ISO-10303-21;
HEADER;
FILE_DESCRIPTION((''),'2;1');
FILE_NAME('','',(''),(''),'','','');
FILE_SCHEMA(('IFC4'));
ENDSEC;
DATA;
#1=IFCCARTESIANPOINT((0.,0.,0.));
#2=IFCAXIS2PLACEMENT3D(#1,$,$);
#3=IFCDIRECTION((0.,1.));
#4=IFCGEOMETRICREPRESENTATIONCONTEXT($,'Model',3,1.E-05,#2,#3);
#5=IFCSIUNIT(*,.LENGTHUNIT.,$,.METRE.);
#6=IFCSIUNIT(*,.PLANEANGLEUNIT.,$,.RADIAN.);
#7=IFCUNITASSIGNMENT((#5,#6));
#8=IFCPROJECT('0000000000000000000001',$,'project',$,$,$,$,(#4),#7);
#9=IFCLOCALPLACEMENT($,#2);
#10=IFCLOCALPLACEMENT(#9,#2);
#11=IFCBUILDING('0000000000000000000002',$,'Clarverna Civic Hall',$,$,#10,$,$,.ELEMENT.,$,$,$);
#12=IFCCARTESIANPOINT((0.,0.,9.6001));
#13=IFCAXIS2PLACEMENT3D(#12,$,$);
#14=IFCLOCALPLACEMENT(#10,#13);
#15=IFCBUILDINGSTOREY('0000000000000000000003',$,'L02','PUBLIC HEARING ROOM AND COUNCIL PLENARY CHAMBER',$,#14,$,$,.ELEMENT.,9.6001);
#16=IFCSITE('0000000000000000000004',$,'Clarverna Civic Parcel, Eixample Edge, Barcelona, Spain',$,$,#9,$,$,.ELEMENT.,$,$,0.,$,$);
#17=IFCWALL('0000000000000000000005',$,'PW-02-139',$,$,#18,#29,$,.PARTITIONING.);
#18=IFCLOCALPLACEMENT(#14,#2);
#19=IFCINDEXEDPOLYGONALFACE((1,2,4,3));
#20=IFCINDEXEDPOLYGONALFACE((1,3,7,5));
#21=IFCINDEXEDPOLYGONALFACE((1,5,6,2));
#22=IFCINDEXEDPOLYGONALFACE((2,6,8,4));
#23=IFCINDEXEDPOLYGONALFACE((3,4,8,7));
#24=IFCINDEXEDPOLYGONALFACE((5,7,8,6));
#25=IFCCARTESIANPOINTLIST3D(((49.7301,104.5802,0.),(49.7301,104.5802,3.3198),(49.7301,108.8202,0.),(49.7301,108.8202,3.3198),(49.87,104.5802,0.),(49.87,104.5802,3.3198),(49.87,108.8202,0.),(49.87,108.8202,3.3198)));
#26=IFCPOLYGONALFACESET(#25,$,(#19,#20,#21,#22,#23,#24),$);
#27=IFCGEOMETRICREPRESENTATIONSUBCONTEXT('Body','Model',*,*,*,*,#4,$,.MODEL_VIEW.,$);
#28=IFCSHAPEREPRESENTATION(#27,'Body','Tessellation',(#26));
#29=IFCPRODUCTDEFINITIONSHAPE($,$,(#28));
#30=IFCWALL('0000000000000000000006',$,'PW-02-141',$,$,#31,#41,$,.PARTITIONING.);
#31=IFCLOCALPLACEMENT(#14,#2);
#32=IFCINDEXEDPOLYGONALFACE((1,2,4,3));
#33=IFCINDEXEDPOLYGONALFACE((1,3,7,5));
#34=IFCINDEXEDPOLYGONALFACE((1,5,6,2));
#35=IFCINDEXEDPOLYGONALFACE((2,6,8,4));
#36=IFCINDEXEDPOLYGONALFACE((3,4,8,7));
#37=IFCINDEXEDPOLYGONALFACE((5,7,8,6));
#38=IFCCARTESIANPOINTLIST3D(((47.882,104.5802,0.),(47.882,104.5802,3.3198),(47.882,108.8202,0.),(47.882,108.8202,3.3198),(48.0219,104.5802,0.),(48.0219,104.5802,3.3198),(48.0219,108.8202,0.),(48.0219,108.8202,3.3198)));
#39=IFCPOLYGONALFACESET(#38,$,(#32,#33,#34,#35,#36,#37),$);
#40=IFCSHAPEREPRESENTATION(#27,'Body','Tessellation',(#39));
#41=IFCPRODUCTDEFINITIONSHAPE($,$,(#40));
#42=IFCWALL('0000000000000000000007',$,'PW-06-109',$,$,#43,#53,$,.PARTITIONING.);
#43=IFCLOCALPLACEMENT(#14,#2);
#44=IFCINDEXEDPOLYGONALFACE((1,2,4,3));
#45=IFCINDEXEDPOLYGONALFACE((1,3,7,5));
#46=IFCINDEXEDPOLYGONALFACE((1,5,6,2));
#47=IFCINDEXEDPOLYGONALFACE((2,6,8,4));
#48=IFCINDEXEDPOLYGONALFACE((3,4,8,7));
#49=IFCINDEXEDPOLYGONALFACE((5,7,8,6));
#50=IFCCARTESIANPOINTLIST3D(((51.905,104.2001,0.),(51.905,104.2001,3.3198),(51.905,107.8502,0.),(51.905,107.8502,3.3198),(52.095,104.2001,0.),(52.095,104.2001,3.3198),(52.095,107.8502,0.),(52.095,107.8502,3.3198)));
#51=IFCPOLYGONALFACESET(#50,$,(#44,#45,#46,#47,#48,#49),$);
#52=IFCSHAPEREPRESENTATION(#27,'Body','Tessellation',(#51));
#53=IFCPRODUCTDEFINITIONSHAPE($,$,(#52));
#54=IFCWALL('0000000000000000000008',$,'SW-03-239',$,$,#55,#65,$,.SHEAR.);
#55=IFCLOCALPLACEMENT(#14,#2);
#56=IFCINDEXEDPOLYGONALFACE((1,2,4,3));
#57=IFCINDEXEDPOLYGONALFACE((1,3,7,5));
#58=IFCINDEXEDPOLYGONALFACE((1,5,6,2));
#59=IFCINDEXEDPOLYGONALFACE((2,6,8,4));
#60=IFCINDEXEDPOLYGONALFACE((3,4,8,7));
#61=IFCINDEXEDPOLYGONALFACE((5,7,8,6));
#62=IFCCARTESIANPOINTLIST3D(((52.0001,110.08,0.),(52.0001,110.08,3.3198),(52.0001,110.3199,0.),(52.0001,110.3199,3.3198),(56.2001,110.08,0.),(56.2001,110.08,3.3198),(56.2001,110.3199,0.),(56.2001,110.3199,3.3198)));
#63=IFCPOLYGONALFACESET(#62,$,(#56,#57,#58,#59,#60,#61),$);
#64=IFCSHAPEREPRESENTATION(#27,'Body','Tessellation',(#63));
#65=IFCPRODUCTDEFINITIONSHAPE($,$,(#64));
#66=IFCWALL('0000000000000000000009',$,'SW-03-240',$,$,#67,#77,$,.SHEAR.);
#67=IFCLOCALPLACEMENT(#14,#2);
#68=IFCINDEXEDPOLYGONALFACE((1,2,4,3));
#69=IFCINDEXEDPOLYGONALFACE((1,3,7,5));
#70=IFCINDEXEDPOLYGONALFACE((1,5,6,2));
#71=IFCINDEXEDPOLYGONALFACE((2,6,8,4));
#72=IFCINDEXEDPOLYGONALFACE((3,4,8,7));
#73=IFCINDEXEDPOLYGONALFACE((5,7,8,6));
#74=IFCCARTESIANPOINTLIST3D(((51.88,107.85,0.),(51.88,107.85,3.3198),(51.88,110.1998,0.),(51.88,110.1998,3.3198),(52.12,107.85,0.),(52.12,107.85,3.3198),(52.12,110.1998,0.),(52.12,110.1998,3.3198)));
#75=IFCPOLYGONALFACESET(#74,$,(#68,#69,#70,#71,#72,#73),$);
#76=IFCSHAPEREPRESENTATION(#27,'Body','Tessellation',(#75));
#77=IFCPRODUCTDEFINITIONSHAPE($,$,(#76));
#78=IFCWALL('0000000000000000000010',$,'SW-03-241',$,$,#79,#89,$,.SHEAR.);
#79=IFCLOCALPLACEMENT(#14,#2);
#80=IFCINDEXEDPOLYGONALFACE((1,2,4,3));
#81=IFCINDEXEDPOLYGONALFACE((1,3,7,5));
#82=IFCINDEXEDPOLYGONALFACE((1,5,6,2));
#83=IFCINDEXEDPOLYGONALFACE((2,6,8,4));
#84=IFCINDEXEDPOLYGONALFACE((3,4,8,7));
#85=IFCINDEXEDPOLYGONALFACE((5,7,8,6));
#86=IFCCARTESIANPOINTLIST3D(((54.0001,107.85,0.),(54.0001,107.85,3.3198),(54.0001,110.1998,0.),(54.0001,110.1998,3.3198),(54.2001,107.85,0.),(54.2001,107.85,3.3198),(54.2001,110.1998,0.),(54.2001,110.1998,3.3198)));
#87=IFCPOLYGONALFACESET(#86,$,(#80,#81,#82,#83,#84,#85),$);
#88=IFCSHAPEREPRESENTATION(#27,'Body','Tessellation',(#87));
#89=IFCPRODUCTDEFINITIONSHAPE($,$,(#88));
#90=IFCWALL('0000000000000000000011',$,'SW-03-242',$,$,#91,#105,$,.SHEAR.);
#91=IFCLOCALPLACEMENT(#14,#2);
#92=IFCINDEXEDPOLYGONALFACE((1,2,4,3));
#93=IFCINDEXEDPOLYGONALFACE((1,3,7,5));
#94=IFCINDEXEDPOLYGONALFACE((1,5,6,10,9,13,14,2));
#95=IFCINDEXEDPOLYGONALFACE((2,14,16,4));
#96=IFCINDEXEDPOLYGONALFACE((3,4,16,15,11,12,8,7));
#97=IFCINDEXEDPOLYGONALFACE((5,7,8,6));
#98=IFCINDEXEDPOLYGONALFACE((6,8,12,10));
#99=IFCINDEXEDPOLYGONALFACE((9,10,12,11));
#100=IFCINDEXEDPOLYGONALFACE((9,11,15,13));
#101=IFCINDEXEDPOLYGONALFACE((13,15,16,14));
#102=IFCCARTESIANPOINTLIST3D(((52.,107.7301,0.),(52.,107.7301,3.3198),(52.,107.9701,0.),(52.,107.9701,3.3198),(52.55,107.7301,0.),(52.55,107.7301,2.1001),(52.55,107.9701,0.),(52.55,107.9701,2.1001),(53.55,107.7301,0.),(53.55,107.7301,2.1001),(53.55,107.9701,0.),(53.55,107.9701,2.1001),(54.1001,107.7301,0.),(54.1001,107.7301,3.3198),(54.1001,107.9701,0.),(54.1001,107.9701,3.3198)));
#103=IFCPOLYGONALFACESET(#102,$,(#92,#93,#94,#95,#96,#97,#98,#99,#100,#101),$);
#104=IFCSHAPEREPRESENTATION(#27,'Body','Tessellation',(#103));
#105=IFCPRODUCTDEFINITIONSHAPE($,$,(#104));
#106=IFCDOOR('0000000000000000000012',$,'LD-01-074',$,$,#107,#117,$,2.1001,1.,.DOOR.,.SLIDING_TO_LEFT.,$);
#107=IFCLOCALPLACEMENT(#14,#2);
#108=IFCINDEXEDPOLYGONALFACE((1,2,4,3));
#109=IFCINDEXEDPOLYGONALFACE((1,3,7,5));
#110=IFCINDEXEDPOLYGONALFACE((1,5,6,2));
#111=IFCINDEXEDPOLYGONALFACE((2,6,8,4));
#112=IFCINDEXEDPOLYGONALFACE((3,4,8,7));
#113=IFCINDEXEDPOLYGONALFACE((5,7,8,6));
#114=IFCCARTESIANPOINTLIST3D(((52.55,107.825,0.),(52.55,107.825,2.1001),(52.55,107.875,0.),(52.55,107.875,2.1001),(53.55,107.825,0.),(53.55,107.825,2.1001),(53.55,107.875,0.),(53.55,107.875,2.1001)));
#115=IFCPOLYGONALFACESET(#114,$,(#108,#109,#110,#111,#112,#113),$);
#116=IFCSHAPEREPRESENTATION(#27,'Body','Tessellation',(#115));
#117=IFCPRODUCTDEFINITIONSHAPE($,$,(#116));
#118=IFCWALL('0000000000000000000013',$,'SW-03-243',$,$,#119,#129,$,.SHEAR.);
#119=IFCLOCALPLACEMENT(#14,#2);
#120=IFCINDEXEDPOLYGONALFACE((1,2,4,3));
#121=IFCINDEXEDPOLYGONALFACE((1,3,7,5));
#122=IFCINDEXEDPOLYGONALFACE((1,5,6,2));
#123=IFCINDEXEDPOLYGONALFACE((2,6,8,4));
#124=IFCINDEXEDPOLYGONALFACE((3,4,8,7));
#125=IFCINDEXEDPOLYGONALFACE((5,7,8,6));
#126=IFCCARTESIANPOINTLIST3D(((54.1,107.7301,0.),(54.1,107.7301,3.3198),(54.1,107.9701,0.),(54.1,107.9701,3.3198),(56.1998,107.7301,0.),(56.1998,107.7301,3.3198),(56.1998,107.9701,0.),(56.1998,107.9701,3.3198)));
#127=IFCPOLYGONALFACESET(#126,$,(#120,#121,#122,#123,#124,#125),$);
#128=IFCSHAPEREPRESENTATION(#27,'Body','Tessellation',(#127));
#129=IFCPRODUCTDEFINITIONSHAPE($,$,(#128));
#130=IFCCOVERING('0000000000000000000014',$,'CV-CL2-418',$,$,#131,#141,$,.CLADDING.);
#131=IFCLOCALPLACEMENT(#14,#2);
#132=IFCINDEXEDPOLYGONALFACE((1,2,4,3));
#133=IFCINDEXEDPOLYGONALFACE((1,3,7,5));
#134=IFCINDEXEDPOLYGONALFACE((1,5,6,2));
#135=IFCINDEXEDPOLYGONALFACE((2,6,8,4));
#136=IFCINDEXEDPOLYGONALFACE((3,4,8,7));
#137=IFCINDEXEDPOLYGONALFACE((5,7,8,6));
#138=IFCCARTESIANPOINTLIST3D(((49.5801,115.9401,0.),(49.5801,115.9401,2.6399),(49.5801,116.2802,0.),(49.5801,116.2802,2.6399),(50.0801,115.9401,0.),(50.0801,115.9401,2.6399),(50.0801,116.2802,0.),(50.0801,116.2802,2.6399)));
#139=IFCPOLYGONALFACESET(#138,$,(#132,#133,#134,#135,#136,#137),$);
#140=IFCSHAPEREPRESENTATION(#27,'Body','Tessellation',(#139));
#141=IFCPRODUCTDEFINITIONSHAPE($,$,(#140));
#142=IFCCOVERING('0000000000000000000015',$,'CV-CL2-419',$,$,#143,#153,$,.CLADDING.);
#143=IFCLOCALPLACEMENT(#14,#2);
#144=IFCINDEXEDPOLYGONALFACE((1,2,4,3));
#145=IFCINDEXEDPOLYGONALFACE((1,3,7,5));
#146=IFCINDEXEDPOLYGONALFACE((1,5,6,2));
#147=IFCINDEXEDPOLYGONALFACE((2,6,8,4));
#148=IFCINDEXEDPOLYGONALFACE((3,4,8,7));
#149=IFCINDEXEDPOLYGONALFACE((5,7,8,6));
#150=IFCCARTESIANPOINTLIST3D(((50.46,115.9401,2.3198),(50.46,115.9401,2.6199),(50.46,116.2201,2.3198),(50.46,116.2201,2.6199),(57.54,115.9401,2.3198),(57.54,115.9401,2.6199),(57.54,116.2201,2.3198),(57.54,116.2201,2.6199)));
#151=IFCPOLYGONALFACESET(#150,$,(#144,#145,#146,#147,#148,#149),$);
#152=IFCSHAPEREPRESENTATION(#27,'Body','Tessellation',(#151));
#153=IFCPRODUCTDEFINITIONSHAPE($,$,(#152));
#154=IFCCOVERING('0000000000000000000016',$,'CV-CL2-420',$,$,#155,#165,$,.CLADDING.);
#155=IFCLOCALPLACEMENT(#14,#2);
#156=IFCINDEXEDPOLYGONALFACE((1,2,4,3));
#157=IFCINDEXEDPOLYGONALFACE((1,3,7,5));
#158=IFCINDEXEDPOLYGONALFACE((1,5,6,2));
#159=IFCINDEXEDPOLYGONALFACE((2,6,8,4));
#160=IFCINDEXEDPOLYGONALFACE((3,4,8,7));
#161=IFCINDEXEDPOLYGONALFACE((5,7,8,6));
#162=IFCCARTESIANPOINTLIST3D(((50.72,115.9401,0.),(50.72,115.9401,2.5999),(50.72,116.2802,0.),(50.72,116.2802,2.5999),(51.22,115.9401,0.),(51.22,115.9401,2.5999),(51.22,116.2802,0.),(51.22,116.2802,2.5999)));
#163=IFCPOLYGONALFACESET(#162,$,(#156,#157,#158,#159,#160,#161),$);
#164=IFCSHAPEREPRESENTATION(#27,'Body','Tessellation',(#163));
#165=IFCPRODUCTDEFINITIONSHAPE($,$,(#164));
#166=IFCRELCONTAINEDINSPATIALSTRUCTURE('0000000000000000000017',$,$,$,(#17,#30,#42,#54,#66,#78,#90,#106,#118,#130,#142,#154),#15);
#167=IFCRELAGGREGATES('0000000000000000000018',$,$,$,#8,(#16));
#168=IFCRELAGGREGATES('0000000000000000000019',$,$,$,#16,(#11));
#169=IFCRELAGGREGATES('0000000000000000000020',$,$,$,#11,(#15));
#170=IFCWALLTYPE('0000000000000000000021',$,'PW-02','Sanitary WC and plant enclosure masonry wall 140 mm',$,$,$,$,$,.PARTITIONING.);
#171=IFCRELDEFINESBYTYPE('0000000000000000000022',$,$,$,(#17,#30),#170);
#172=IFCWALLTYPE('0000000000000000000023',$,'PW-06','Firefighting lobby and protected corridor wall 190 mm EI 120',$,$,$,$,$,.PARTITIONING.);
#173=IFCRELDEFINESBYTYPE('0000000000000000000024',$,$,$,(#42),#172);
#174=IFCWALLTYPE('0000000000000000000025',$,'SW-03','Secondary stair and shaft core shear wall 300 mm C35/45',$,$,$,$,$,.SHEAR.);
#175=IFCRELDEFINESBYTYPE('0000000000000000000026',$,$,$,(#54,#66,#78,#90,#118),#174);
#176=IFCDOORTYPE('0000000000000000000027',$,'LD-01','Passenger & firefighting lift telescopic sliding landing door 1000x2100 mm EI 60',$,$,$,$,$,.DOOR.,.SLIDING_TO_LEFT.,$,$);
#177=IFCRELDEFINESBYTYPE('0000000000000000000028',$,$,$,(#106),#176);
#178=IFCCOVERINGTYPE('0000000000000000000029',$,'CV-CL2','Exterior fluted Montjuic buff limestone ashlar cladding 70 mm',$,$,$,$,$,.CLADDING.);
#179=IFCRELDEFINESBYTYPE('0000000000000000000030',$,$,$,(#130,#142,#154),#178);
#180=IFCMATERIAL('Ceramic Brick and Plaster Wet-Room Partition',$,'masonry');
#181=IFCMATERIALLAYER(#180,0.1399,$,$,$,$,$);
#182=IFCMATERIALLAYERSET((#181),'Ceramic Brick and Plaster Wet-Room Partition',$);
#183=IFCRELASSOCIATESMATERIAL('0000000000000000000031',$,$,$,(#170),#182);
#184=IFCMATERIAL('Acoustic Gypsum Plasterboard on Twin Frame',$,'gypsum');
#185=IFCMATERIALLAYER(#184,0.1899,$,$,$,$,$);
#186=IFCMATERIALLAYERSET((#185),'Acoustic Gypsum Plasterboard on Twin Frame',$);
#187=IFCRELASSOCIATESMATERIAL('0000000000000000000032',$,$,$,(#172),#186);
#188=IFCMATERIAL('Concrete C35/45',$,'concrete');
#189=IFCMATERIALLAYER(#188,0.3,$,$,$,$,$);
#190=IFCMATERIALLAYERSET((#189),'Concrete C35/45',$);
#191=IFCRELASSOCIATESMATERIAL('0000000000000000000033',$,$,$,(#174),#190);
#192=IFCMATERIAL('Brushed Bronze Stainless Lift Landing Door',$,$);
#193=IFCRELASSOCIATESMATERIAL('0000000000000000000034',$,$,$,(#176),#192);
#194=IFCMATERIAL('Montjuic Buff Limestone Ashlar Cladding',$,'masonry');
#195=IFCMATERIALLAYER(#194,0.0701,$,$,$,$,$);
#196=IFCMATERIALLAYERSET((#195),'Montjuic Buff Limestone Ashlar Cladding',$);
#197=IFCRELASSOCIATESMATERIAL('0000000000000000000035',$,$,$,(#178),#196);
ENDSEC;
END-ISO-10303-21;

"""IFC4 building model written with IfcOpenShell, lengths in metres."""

from ifc_helpers import new_model, si_unit, direction, frame, frame_2d, origin, place, context, subcontext, project, spatial, rectangle, extrude, material, layer, layer_set, type_object, element, fill, save


model = new_model("IFC4")

# Units and contexts
model_context = context("Model", 3, precision=1e-05, world=origin(), true_north=direction((0.0, 1.0)))
body_context = subcontext(model_context, "Body", "Model", "MODEL_VIEW")
ifc_project = project(units=[si_unit("LENGTHUNIT", "METRE"), si_unit("PLANEANGLEUNIT", "RADIAN")], contexts=[model_context])

# Site, building, storey
site_placement = place(None, origin())
site = spatial("IfcSite", under=ifc_project, at=site_placement, Name="Clarverna Civic Parcel, Eixample Edge, Barcelona, Spain", CompositionType="ELEMENT", RefElevation=0.0)
building_placement = place(site_placement, origin())
building = spatial("IfcBuilding", under=site, at=building_placement, Name="Clarverna Civic Hall", CompositionType="ELEMENT")
storey_placement = place(building_placement, frame((0.0, 0.0, 9.6001)))
storey = spatial("IfcBuildingStorey", under=building, at=storey_placement, Name="L02", Description="PUBLIC HEARING ROOM AND COUNCIL PLENARY CHAMBER", CompositionType="ELEMENT", Elevation=9.6001)

# Shared definitions
ifc_material_1 = material(Name="Concrete C35/45", Category="concrete")

# Walls
ifc_material_2 = material(Name="Ceramic Brick and Plaster Wet-Room Partition", Category="masonry")
ifc_layer_1 = layer(ifc_material_2, 0.1399)
ifc_layer_set_1 = layer_set([ifc_layer_1], Name="Ceramic Brick and Plaster Wet-Room Partition")
wall_type_1 = type_object("IfcWallType", Name="PW-02", Description="Sanitary WC and plant enclosure masonry wall 140 mm", PredefinedType="PARTITIONING", material=ifc_layer_set_1)
for number, where, z_axis, x_axis, name in (
    (1, (49.8, 104.5801, 0.0), (0.0, 0.0, 1.0), (0.0, 1.0, 0.0), "PW-02-139"),
    (2, (47.9519, 104.5801, 0.0), (0.0, 0.0, 1.0), (0.0, 1.0, 0.0), "PW-02-141"),
):
    element("IfcWall", number, at=place(storey_placement, frame(where, z_axis=z_axis, x_axis=x_axis)), inside=storey, type_object=wall_type_1, Name=name, PredefinedType="PARTITIONING", context=body_context, shape_type="SweptSolid", body=[
        extrude(rectangle(XDim=4.24, YDim=0.1399, at=frame_2d((2.1201, 0.0))), origin(), (0.0, 0.0, 1.0), 3.3198),
    ])

# Wall
ifc_material_3 = material(Name="Acoustic Gypsum Plasterboard on Twin Frame", Category="gypsum")
ifc_layer_2 = layer(ifc_material_3, 0.1899)
ifc_layer_set_2 = layer_set([ifc_layer_2], Name="Acoustic Gypsum Plasterboard on Twin Frame")
wall_type_2 = type_object("IfcWallType", Name="PW-06", Description="Firefighting lobby and protected corridor wall 190 mm EI 120", PredefinedType="PARTITIONING", material=ifc_layer_set_2)
wall_1_placement = place(storey_placement, frame((52.0, 104.2, 0.0), z_axis=(0.0, 0.0, 1.0), x_axis=(0.0, 1.0, 0.0)))
element("IfcWall", 3, at=wall_1_placement, inside=storey, type_object=wall_type_2, Name="PW-06-109", PredefinedType="PARTITIONING", context=body_context, shape_type="SweptSolid", body=[
    extrude(rectangle(XDim=3.6501, YDim=0.1899, at=frame_2d((1.8252, 0.0))), origin(), (0.0, 0.0, 1.0), 3.3198),
])

# Walls
ifc_layer_3 = layer(ifc_material_1, 0.3)
ifc_layer_set_3 = layer_set([ifc_layer_3], Name="Concrete C35/45")
wall_type_3 = type_object("IfcWallType", Name="SW-03", Description="Secondary stair and shaft core shear wall 300 mm C35/45", PredefinedType="SHEAR", material=ifc_layer_set_3)
wall_2_placement = place(storey_placement, frame((52.0, 110.2, 0.0), z_axis=(0.0, 0.0, 1.0), x_axis=(1.0, 0.0, 0.0)))
element("IfcWall", 4, at=wall_2_placement, inside=storey, type_object=wall_type_3, Name="SW-03-239", PredefinedType="SHEAR", context=body_context, shape_type="SweptSolid", body=[
    extrude(rectangle(XDim=4.2, YDim=0.24, at=frame_2d((2.1001, 0.0))), origin(), (0.0, 0.0, 1.0), 3.3198),
])
wall_3_placement = place(storey_placement, frame((52.0, 107.8501, 0.0), z_axis=(0.0, 0.0, 1.0), x_axis=(0.0, 1.0, 0.0)))
element("IfcWall", 5, at=wall_3_placement, inside=storey, type_object=wall_type_3, Name="SW-03-240", PredefinedType="SHEAR", context=body_context, shape_type="SweptSolid", body=[
    extrude(rectangle(XDim=2.3499, YDim=0.24, at=frame_2d((1.1748, 0.0))), origin(), (0.0, 0.0, 1.0), 3.3198),
])
wall_4_placement = place(storey_placement, frame((54.1001, 107.8501, 0.0), z_axis=(0.0, 0.0, 1.0), x_axis=(0.0, 1.0, 0.0)))
element("IfcWall", 6, at=wall_4_placement, inside=storey, type_object=wall_type_3, Name="SW-03-241", PredefinedType="SHEAR", context=body_context, shape_type="SweptSolid", body=[
    extrude(rectangle(XDim=2.3499, YDim=0.2, at=frame_2d((1.1748, 0.0))), origin(), (0.0, 0.0, 1.0), 3.3198),
])

# Wall, opening, door
wall_5_placement = place(storey_placement, frame((52.0, 107.8501, 0.0), z_axis=(0.0, 0.0, 1.0), x_axis=(1.0, 0.0, 0.0)))
wall_5 = element("IfcWall", 7, at=wall_5_placement, inside=storey, type_object=wall_type_3, Name="SW-03-242", PredefinedType="SHEAR", context=body_context, shape_type="SweptSolid", body=[
    extrude(rectangle(XDim=2.1001, YDim=0.24, at=frame_2d((1.05, 0.0))), origin(), (0.0, 0.0, 1.0), 3.3198),
])
opening_1_placement = place(wall_5_placement, frame((0.55, 0.0, 0.0)))
opening_1 = element("IfcOpeningElement", 8, at=opening_1_placement, cuts=wall_5, PredefinedType="OPENING", context=body_context, shape_type="SweptSolid", body=[
    extrude(rectangle(XDim=1.0, YDim=2.1001, at=frame_2d((0.5, 1.05))), frame((0.0, 0.1299, 0.0), z_axis=(0.0, -1.0, 0.0), x_axis=(1.0, 0.0, 0.0)), (0.0, 0.0, 1.0), 0.26),
])
ifc_material_4 = material(Name="Brushed Bronze Stainless Lift Landing Door")
door_type_1 = type_object("IfcDoorType", Name="LD-01", Description="Passenger & firefighting lift telescopic sliding landing door 1000x2100 mm EI 60", OperationType="SLIDING_TO_LEFT", PredefinedType="DOOR", material=ifc_material_4)
door_1_placement = place(opening_1_placement, origin())
door_1 = element("IfcDoor", 9, at=door_1_placement, inside=storey, type_object=door_type_1, Name="LD-01-074", OperationType="SLIDING_TO_LEFT", OverallHeight=2.1001, OverallWidth=1.0, PredefinedType="DOOR", context=body_context, shape_type="SweptSolid", body=[
    extrude(rectangle(XDim=1.0, YDim=2.1001, at=frame_2d((0.5, 1.05))), frame((0.0, 0.0249, 0.0), z_axis=(0.0, -1.0, 0.0), x_axis=(1.0, 0.0, 0.0)), (0.0, 0.0, 1.0), 0.05),
])
fill(opening_1, door_1)

# Wall
wall_6_placement = place(storey_placement, frame((54.1001, 107.8501, 0.0), z_axis=(0.0, 0.0, 1.0), x_axis=(1.0, 0.0, 0.0)))
element("IfcWall", 10, at=wall_6_placement, inside=storey, type_object=wall_type_3, Name="SW-03-243", PredefinedType="SHEAR", context=body_context, shape_type="SweptSolid", body=[
    extrude(rectangle(XDim=2.0999, YDim=0.24, at=frame_2d((1.0498, 0.0))), origin(), (0.0, 0.0, 1.0), 3.3198),
])

# Coverings
ifc_material_5 = material(Name="Montjuic Buff Limestone Ashlar Cladding", Category="masonry")
ifc_layer_4 = layer(ifc_material_5, 0.0701)
ifc_layer_set_4 = layer_set([ifc_layer_4], Name="Montjuic Buff Limestone Ashlar Cladding")
covering_type = type_object("IfcCoveringType", Name="CV-CL2", Description="Exterior fluted Montjuic buff limestone ashlar cladding 70 mm", PredefinedType="CLADDING", material=ifc_layer_set_4)
covering_1_placement = place(storey_placement, frame((49.5801, 116.1101, 0.0), z_axis=(0.0, 0.0, 1.0), x_axis=(1.0, 0.0, 0.0)))
element("IfcCovering", 11, at=covering_1_placement, inside=storey, type_object=covering_type, Name="CV-CL2-418", PredefinedType="CLADDING", context=body_context, shape_type="SweptSolid", body=[
    extrude(rectangle(XDim=0.5, YDim=0.3401, at=frame_2d((0.25, 0.0))), origin(), (0.0, 0.0, 1.0), 2.6399),
])
covering_2_placement = place(storey_placement, frame((50.46, 116.0801, 2.3198), z_axis=(0.0, 0.0, 1.0), x_axis=(1.0, 0.0, 0.0)))
element("IfcCovering", 12, at=covering_2_placement, inside=storey, type_object=covering_type, Name="CV-CL2-419", PredefinedType="CLADDING", context=body_context, shape_type="SweptSolid", body=[
    extrude(rectangle(XDim=7.0801, YDim=0.28, at=frame_2d((3.54, 0.0))), origin(), (0.0, 0.0, 1.0), 0.3),
])
covering_3_placement = place(storey_placement, frame((50.72, 116.1101, 0.0), z_axis=(0.0, 0.0, 1.0), x_axis=(1.0, 0.0, 0.0)))
element("IfcCovering", 13, at=covering_3_placement, inside=storey, type_object=covering_type, Name="CV-CL2-420", PredefinedType="CLADDING", context=body_context, shape_type="SweptSolid", body=[
    extrude(rectangle(XDim=0.5, YDim=0.3401, at=frame_2d((0.25, 0.0))), origin(), (0.0, 0.0, 1.0), 2.5999),
])

save(model, "model.ifc")
